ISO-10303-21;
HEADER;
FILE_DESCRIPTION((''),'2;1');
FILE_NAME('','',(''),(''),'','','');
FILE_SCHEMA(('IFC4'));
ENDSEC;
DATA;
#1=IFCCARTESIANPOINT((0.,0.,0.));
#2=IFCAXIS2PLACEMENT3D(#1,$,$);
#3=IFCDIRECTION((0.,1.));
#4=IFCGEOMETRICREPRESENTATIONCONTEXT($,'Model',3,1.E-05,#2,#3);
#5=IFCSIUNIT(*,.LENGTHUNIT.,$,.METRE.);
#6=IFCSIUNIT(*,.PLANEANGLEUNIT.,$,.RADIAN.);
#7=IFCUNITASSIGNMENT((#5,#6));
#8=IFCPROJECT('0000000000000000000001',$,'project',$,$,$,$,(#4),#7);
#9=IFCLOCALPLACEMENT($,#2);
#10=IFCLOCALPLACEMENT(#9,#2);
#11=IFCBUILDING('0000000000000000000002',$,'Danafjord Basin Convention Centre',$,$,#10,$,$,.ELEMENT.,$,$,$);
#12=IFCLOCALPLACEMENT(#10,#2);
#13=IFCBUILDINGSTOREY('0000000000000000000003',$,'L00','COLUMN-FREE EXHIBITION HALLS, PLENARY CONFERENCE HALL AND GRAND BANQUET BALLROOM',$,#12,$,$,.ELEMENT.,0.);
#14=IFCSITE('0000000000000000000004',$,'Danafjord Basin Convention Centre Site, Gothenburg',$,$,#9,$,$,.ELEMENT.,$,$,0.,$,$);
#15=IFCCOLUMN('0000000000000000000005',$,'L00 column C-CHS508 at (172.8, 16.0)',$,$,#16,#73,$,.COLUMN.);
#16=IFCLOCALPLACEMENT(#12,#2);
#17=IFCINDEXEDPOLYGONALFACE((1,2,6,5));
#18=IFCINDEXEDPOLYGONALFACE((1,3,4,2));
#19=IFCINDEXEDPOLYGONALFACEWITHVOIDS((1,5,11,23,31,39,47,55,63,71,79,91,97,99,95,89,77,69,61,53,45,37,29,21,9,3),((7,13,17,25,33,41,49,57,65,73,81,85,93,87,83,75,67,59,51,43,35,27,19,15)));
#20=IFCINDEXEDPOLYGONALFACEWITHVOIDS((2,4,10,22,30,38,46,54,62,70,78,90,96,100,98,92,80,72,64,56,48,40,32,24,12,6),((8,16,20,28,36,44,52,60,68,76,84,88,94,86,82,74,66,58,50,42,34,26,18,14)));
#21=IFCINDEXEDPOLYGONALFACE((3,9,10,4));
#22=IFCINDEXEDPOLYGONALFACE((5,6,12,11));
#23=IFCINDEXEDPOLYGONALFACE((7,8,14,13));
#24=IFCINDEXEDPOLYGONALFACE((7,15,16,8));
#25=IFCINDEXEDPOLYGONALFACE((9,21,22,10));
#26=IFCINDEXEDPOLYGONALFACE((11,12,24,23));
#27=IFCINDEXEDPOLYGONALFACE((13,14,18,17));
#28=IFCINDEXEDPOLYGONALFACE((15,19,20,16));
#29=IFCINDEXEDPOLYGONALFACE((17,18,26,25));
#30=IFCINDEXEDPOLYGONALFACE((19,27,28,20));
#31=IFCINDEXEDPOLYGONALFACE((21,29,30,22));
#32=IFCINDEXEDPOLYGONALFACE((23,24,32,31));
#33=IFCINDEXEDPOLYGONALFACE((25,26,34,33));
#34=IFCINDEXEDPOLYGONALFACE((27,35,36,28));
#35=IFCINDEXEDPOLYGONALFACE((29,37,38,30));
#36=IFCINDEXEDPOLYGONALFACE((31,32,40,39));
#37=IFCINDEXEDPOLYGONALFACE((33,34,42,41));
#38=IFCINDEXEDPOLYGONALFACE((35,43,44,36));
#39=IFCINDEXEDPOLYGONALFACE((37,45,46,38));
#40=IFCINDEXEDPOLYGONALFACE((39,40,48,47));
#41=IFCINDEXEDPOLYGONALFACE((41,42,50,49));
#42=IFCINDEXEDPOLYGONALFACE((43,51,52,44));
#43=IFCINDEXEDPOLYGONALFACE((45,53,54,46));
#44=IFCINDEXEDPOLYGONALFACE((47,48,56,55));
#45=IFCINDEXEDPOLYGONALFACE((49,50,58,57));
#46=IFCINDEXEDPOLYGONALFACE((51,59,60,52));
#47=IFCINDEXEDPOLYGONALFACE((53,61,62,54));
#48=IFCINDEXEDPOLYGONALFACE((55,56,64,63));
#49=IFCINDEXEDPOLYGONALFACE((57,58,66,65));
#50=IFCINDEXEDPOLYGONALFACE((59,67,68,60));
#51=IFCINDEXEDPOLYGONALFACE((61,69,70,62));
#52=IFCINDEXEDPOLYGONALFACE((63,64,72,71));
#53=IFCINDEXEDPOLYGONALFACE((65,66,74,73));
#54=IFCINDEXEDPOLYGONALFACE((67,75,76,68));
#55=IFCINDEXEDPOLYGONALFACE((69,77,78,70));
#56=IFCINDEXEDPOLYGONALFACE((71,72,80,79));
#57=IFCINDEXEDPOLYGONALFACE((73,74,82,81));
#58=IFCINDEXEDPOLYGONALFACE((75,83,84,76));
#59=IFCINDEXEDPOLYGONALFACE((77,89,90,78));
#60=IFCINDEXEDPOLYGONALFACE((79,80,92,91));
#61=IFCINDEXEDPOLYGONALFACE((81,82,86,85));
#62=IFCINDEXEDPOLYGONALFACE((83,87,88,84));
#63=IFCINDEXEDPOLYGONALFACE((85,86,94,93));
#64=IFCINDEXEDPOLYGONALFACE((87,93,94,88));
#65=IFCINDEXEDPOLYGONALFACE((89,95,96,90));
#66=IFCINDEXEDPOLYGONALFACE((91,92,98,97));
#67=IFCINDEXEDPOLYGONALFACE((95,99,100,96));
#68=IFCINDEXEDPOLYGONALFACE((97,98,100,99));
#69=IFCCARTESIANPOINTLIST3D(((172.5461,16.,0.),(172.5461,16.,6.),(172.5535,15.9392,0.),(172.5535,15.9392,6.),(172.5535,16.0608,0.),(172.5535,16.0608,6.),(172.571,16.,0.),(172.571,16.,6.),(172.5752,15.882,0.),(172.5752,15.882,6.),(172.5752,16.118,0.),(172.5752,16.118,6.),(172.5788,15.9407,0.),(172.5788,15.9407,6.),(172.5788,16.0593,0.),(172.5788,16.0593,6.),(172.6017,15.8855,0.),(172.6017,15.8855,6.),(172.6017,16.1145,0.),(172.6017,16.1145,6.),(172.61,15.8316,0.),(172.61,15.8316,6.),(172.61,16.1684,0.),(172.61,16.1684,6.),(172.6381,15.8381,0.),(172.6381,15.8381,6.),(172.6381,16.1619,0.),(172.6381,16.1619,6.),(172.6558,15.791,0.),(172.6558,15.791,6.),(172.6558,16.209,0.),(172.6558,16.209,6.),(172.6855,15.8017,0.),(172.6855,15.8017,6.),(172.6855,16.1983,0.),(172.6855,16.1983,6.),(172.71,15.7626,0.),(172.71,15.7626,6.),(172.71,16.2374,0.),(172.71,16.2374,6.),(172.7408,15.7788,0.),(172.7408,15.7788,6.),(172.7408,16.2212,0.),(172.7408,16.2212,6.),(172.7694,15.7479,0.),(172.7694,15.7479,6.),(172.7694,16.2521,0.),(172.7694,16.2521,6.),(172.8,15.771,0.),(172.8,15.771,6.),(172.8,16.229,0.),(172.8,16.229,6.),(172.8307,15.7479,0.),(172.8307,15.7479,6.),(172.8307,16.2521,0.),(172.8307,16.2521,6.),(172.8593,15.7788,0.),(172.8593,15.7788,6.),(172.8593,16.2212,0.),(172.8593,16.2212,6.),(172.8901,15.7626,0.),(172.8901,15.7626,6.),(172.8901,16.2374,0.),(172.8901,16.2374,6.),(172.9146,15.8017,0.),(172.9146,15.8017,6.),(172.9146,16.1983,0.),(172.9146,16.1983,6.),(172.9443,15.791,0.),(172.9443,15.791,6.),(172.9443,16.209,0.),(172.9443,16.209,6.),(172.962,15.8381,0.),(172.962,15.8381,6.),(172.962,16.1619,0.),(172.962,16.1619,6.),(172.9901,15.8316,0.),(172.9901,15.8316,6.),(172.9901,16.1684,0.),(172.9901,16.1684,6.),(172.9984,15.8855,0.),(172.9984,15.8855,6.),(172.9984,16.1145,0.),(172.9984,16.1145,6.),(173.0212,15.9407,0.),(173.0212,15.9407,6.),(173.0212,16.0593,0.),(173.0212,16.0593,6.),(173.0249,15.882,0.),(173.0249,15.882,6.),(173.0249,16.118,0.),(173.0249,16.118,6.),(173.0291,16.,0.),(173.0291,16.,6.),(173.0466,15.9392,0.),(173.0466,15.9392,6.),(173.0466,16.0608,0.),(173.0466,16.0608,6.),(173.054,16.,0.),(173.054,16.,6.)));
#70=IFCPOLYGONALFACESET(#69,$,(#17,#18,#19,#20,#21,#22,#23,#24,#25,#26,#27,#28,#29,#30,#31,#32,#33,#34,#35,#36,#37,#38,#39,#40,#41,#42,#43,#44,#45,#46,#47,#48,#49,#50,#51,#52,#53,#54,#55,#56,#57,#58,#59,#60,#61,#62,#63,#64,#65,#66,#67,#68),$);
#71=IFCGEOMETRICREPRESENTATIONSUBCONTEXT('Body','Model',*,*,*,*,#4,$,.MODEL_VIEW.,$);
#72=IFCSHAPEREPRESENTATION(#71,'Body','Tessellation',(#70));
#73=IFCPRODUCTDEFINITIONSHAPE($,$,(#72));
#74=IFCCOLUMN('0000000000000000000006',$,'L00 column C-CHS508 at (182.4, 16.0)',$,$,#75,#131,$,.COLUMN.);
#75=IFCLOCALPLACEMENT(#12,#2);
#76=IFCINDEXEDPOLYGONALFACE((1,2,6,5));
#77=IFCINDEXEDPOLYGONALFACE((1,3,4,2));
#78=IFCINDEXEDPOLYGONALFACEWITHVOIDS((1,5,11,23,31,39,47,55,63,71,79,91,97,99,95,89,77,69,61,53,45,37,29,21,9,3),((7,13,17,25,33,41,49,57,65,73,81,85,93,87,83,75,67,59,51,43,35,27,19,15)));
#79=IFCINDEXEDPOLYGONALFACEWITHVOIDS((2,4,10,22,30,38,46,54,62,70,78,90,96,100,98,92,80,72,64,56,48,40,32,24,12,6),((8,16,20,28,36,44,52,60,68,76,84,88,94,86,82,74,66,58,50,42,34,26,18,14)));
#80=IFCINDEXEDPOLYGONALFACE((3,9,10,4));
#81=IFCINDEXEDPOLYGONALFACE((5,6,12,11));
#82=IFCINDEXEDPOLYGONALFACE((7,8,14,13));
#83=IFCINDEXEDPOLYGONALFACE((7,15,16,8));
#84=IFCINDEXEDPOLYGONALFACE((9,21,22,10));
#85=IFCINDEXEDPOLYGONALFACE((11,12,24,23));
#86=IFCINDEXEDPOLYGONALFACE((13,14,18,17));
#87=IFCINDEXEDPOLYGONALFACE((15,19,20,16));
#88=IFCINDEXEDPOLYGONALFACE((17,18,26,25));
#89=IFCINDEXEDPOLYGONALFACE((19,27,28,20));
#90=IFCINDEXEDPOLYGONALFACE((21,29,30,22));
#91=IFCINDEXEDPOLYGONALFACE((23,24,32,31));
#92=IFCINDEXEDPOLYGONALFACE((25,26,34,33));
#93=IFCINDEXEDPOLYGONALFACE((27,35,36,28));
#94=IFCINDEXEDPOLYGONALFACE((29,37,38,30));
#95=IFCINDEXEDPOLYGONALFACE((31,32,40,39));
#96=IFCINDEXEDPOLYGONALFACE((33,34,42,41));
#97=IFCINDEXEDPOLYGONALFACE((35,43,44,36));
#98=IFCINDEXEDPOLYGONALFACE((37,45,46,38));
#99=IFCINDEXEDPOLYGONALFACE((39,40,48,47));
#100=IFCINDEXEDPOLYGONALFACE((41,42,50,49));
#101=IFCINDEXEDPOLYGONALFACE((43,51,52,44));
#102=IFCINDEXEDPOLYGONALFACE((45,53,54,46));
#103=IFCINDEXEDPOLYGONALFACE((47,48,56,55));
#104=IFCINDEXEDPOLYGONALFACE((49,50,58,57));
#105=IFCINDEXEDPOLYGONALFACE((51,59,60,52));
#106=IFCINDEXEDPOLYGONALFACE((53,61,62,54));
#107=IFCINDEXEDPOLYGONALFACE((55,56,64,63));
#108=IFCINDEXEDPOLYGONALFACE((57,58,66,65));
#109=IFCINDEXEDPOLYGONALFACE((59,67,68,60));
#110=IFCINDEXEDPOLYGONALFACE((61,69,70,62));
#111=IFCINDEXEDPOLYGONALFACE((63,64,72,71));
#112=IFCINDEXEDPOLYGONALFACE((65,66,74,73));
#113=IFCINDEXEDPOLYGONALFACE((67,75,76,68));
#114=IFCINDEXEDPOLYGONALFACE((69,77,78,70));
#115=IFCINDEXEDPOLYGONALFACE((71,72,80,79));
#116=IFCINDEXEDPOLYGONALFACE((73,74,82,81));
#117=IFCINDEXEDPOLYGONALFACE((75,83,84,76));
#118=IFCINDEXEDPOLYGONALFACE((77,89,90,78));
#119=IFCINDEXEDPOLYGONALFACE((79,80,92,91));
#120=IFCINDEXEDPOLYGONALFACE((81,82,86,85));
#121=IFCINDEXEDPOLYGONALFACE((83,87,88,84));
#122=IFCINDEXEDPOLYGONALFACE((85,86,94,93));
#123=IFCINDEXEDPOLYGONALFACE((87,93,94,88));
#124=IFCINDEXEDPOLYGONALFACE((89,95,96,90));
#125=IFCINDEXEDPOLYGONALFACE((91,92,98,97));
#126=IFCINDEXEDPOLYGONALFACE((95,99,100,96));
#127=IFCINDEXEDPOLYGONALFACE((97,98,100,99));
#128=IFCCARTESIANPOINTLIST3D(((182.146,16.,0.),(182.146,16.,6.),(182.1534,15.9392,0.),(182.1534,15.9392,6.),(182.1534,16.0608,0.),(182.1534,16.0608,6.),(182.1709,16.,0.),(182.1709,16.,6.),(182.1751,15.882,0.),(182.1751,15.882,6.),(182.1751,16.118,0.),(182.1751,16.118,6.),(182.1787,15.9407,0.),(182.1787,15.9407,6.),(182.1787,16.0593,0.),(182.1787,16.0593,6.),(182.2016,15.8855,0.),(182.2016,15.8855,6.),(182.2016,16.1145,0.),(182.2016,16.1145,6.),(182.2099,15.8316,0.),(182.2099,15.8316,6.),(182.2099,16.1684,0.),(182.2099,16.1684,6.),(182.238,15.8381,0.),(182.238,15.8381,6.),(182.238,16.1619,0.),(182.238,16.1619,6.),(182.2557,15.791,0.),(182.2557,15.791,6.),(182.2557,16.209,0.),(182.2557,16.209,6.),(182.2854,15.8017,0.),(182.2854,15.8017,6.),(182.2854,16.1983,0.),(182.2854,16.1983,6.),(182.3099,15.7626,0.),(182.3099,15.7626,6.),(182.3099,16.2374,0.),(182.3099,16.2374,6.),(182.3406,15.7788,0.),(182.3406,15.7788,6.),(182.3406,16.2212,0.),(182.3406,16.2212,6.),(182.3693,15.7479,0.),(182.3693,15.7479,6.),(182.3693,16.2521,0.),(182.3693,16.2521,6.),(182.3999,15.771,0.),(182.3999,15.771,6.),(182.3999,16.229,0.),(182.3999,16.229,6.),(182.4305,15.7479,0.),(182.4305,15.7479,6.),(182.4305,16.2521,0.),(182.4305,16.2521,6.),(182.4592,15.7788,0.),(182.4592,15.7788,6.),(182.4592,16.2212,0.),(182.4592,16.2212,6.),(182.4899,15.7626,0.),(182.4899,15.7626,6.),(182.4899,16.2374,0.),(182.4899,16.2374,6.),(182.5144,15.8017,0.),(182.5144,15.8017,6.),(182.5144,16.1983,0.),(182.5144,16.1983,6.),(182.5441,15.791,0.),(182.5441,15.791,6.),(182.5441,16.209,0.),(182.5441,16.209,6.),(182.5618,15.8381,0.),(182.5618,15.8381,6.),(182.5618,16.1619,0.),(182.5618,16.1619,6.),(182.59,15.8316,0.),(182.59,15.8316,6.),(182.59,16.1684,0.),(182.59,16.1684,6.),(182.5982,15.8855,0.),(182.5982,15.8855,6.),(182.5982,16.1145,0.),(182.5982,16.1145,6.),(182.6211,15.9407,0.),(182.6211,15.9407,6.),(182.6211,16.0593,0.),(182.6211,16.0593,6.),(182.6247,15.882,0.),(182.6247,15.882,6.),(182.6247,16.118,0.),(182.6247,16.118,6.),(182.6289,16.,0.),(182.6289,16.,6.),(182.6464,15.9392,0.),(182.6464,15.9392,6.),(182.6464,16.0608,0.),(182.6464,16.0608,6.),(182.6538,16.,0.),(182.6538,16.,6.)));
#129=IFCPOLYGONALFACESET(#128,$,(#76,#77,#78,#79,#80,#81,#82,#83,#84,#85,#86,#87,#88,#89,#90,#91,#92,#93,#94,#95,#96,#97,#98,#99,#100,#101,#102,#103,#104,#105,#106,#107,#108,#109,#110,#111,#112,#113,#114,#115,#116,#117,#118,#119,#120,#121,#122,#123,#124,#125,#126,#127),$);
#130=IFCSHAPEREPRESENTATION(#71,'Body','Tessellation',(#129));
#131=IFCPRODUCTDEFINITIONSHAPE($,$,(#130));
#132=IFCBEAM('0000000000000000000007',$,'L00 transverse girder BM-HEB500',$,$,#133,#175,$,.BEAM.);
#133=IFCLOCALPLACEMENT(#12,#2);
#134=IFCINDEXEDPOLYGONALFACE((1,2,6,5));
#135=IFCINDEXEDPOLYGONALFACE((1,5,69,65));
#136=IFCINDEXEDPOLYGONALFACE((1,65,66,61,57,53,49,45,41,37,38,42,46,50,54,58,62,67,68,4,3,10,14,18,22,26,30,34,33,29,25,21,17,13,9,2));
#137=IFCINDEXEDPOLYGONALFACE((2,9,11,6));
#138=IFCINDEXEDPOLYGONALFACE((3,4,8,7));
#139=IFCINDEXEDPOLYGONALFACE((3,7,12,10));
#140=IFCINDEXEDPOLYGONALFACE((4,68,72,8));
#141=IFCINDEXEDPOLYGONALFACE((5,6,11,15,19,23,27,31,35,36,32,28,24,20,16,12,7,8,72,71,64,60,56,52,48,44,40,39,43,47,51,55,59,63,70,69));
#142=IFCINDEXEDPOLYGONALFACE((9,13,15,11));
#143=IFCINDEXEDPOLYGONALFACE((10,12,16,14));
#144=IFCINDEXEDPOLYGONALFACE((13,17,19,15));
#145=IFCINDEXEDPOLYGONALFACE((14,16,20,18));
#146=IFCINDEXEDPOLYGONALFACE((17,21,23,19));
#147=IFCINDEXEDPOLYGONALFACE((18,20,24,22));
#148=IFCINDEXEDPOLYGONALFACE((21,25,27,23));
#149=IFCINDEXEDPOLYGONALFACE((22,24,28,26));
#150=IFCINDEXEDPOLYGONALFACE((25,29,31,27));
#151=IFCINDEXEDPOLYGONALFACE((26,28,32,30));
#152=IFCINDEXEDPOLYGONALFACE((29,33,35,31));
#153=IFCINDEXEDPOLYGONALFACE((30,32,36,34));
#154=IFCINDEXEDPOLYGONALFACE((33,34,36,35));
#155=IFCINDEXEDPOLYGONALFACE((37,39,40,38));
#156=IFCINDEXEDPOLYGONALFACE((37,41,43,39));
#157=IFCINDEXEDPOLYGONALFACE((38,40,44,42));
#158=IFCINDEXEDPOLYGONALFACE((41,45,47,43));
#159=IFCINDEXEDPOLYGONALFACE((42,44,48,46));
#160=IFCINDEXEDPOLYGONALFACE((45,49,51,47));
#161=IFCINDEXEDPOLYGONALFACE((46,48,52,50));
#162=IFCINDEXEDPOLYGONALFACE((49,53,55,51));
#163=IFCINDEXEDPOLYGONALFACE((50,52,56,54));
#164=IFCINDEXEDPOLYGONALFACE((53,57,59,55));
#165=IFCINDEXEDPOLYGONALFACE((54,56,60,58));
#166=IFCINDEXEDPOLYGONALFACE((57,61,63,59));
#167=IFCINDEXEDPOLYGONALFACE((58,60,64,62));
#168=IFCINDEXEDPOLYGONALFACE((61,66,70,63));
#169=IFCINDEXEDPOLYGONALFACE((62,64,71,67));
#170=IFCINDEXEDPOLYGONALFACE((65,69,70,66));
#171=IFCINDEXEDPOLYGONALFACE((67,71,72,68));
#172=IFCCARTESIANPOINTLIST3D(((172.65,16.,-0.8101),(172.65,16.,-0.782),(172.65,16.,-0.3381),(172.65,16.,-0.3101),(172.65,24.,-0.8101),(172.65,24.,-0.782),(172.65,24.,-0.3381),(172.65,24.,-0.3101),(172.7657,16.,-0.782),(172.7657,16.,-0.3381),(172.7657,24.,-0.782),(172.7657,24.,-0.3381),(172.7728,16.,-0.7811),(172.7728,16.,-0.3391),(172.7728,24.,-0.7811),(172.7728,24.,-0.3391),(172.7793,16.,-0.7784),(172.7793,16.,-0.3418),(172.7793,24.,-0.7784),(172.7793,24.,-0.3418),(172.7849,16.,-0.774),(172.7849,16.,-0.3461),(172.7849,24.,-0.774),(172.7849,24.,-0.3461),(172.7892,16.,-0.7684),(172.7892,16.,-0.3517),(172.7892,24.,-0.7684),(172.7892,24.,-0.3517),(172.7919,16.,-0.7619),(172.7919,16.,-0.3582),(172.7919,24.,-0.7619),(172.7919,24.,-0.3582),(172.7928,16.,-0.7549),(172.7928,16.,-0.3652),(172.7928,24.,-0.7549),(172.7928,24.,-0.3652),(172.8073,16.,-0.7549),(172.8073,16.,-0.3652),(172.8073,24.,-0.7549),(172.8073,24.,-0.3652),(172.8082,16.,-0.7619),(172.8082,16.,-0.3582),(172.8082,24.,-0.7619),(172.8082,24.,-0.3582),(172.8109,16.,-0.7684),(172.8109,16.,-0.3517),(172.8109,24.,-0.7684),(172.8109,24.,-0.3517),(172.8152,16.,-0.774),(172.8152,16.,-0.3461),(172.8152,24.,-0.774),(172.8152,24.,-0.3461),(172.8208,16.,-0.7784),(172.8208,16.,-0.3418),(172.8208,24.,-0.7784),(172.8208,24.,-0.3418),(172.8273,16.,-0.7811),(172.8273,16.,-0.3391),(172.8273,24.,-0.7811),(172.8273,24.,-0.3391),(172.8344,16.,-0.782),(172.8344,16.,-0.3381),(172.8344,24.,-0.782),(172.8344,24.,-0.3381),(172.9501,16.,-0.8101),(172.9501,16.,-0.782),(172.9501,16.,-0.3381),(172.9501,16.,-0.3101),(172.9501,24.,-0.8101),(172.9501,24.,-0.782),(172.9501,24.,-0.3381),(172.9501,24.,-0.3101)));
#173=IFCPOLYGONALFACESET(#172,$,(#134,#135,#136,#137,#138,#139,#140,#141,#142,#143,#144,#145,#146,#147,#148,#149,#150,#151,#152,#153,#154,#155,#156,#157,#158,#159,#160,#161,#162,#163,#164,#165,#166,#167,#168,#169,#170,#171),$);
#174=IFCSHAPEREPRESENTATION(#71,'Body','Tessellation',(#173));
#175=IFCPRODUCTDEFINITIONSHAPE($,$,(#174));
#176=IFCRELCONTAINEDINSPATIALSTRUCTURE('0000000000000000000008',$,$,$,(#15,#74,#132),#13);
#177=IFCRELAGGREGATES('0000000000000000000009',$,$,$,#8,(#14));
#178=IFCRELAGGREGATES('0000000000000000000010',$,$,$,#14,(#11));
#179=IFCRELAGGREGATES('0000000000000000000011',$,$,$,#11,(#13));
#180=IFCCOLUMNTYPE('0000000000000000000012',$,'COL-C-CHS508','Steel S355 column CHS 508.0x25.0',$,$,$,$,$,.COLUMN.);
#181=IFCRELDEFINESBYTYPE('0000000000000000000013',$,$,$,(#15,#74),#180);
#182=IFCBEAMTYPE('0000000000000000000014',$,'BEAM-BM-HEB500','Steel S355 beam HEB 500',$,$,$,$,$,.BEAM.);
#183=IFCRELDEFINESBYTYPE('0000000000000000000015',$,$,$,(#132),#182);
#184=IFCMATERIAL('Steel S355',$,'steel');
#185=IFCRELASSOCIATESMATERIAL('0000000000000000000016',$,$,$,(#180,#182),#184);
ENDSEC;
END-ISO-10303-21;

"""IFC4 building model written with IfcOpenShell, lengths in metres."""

from ifc_helpers import new_model, si_unit, direction, frame, origin, origin_2d, place, context, subcontext, project, spatial, hollow_circle, i_section, extrude, material, material_profile, profile_set, type_object, element, save


model = new_model("IFC4")

# Units and contexts
model_context = context("Model", 3, precision=1e-05, world=origin(), true_north=direction((0.0, 1.0)))
body_context = subcontext(model_context, "Body", "Model", "MODEL_VIEW")
ifc_project = project(units=[si_unit("LENGTHUNIT", "METRE"), si_unit("PLANEANGLEUNIT", "RADIAN")], contexts=[model_context])

# Site, building, storey
site_placement = place(None, origin())
site = spatial("IfcSite", under=ifc_project, at=site_placement, Name="Danafjord Basin Convention Centre Site, Gothenburg", CompositionType="ELEMENT", RefElevation=0.0)
building_placement = place(site_placement, origin())
building = spatial("IfcBuilding", under=site, at=building_placement, Name="Danafjord Basin Convention Centre", CompositionType="ELEMENT")
storey_placement = place(building_placement, origin())
storey = spatial("IfcBuildingStorey", under=building, at=storey_placement, Name="L00", Description="COLUMN-FREE EXHIBITION HALLS, PLENARY CONFERENCE HALL AND GRAND BANQUET BALLROOM", CompositionType="ELEMENT", Elevation=0.0)

# Columns
ifc_material_1 = material(Name="Steel S355", Category="steel")
ifc_material_profile_1 = material_profile(ifc_material_1, hollow_circle(Radius=0.2539, WallThickness=0.0249, at=origin_2d()), Name="CHS 508.0x25.0")
ifc_profile_set_1 = profile_set([ifc_material_profile_1], Name="Steel S355")
column_type = type_object("IfcColumnType", Name="COL-C-CHS508", Description="Steel S355 column CHS 508.0x25.0", PredefinedType="COLUMN", material=ifc_profile_set_1)
for number, where, z_axis, x_axis, name in (
    (1, (172.8, 16.0, 0.0), (0.0, 0.0, 1.0), (1.0, 0.0, 0.0), "L00 column C-CHS508 at (172.8, 16.0)"),
    (2, (182.3999, 16.0, 0.0), (0.0, 0.0, 1.0), (1.0, 0.0, 0.0), "L00 column C-CHS508 at (182.4, 16.0)"),
):
    element("IfcColumn", number, at=place(storey_placement, frame(where, z_axis=z_axis, x_axis=x_axis)), inside=storey, type_object=column_type, Name=name, PredefinedType="COLUMN", context=body_context, shape_type="SweptSolid", body=[
        extrude(hollow_circle(Radius=0.2539, WallThickness=0.0249, at=origin_2d()), origin(), (0.0, 0.0, 1.0), 6.0),
    ])

# Beam
ifc_material_profile_2 = material_profile(ifc_material_1, i_section(OverallWidth=0.3, OverallDepth=0.5, WebThickness=0.0144, FlangeThickness=0.0281, FilletRadius=0.0271, at=origin_2d()), Name="HEB 500")
ifc_profile_set_2 = profile_set([ifc_material_profile_2], Name="Steel S355")
beam_type_1 = type_object("IfcBeamType", Name="BEAM-BM-HEB500", Description="Steel S355 beam HEB 500", PredefinedType="BEAM", material=ifc_profile_set_2)
beam_1_placement = place(storey_placement, frame((172.8, 16.0, -0.5601), z_axis=(0.0, 1.0, 0.0), x_axis=(-1.0, 0.0, 0.0)))
element("IfcBeam", 3, at=beam_1_placement, inside=storey, type_object=beam_type_1, Name="L00 transverse girder BM-HEB500", PredefinedType="BEAM", context=body_context, shape_type="SweptSolid", body=[
    extrude(i_section(OverallWidth=0.3, OverallDepth=0.5, WebThickness=0.0144, FlangeThickness=0.0281, FilletRadius=0.0271, at=origin_2d()), origin(), (0.0, 0.0, 1.0), 8.0),
])

save(model, "model.ifc")
